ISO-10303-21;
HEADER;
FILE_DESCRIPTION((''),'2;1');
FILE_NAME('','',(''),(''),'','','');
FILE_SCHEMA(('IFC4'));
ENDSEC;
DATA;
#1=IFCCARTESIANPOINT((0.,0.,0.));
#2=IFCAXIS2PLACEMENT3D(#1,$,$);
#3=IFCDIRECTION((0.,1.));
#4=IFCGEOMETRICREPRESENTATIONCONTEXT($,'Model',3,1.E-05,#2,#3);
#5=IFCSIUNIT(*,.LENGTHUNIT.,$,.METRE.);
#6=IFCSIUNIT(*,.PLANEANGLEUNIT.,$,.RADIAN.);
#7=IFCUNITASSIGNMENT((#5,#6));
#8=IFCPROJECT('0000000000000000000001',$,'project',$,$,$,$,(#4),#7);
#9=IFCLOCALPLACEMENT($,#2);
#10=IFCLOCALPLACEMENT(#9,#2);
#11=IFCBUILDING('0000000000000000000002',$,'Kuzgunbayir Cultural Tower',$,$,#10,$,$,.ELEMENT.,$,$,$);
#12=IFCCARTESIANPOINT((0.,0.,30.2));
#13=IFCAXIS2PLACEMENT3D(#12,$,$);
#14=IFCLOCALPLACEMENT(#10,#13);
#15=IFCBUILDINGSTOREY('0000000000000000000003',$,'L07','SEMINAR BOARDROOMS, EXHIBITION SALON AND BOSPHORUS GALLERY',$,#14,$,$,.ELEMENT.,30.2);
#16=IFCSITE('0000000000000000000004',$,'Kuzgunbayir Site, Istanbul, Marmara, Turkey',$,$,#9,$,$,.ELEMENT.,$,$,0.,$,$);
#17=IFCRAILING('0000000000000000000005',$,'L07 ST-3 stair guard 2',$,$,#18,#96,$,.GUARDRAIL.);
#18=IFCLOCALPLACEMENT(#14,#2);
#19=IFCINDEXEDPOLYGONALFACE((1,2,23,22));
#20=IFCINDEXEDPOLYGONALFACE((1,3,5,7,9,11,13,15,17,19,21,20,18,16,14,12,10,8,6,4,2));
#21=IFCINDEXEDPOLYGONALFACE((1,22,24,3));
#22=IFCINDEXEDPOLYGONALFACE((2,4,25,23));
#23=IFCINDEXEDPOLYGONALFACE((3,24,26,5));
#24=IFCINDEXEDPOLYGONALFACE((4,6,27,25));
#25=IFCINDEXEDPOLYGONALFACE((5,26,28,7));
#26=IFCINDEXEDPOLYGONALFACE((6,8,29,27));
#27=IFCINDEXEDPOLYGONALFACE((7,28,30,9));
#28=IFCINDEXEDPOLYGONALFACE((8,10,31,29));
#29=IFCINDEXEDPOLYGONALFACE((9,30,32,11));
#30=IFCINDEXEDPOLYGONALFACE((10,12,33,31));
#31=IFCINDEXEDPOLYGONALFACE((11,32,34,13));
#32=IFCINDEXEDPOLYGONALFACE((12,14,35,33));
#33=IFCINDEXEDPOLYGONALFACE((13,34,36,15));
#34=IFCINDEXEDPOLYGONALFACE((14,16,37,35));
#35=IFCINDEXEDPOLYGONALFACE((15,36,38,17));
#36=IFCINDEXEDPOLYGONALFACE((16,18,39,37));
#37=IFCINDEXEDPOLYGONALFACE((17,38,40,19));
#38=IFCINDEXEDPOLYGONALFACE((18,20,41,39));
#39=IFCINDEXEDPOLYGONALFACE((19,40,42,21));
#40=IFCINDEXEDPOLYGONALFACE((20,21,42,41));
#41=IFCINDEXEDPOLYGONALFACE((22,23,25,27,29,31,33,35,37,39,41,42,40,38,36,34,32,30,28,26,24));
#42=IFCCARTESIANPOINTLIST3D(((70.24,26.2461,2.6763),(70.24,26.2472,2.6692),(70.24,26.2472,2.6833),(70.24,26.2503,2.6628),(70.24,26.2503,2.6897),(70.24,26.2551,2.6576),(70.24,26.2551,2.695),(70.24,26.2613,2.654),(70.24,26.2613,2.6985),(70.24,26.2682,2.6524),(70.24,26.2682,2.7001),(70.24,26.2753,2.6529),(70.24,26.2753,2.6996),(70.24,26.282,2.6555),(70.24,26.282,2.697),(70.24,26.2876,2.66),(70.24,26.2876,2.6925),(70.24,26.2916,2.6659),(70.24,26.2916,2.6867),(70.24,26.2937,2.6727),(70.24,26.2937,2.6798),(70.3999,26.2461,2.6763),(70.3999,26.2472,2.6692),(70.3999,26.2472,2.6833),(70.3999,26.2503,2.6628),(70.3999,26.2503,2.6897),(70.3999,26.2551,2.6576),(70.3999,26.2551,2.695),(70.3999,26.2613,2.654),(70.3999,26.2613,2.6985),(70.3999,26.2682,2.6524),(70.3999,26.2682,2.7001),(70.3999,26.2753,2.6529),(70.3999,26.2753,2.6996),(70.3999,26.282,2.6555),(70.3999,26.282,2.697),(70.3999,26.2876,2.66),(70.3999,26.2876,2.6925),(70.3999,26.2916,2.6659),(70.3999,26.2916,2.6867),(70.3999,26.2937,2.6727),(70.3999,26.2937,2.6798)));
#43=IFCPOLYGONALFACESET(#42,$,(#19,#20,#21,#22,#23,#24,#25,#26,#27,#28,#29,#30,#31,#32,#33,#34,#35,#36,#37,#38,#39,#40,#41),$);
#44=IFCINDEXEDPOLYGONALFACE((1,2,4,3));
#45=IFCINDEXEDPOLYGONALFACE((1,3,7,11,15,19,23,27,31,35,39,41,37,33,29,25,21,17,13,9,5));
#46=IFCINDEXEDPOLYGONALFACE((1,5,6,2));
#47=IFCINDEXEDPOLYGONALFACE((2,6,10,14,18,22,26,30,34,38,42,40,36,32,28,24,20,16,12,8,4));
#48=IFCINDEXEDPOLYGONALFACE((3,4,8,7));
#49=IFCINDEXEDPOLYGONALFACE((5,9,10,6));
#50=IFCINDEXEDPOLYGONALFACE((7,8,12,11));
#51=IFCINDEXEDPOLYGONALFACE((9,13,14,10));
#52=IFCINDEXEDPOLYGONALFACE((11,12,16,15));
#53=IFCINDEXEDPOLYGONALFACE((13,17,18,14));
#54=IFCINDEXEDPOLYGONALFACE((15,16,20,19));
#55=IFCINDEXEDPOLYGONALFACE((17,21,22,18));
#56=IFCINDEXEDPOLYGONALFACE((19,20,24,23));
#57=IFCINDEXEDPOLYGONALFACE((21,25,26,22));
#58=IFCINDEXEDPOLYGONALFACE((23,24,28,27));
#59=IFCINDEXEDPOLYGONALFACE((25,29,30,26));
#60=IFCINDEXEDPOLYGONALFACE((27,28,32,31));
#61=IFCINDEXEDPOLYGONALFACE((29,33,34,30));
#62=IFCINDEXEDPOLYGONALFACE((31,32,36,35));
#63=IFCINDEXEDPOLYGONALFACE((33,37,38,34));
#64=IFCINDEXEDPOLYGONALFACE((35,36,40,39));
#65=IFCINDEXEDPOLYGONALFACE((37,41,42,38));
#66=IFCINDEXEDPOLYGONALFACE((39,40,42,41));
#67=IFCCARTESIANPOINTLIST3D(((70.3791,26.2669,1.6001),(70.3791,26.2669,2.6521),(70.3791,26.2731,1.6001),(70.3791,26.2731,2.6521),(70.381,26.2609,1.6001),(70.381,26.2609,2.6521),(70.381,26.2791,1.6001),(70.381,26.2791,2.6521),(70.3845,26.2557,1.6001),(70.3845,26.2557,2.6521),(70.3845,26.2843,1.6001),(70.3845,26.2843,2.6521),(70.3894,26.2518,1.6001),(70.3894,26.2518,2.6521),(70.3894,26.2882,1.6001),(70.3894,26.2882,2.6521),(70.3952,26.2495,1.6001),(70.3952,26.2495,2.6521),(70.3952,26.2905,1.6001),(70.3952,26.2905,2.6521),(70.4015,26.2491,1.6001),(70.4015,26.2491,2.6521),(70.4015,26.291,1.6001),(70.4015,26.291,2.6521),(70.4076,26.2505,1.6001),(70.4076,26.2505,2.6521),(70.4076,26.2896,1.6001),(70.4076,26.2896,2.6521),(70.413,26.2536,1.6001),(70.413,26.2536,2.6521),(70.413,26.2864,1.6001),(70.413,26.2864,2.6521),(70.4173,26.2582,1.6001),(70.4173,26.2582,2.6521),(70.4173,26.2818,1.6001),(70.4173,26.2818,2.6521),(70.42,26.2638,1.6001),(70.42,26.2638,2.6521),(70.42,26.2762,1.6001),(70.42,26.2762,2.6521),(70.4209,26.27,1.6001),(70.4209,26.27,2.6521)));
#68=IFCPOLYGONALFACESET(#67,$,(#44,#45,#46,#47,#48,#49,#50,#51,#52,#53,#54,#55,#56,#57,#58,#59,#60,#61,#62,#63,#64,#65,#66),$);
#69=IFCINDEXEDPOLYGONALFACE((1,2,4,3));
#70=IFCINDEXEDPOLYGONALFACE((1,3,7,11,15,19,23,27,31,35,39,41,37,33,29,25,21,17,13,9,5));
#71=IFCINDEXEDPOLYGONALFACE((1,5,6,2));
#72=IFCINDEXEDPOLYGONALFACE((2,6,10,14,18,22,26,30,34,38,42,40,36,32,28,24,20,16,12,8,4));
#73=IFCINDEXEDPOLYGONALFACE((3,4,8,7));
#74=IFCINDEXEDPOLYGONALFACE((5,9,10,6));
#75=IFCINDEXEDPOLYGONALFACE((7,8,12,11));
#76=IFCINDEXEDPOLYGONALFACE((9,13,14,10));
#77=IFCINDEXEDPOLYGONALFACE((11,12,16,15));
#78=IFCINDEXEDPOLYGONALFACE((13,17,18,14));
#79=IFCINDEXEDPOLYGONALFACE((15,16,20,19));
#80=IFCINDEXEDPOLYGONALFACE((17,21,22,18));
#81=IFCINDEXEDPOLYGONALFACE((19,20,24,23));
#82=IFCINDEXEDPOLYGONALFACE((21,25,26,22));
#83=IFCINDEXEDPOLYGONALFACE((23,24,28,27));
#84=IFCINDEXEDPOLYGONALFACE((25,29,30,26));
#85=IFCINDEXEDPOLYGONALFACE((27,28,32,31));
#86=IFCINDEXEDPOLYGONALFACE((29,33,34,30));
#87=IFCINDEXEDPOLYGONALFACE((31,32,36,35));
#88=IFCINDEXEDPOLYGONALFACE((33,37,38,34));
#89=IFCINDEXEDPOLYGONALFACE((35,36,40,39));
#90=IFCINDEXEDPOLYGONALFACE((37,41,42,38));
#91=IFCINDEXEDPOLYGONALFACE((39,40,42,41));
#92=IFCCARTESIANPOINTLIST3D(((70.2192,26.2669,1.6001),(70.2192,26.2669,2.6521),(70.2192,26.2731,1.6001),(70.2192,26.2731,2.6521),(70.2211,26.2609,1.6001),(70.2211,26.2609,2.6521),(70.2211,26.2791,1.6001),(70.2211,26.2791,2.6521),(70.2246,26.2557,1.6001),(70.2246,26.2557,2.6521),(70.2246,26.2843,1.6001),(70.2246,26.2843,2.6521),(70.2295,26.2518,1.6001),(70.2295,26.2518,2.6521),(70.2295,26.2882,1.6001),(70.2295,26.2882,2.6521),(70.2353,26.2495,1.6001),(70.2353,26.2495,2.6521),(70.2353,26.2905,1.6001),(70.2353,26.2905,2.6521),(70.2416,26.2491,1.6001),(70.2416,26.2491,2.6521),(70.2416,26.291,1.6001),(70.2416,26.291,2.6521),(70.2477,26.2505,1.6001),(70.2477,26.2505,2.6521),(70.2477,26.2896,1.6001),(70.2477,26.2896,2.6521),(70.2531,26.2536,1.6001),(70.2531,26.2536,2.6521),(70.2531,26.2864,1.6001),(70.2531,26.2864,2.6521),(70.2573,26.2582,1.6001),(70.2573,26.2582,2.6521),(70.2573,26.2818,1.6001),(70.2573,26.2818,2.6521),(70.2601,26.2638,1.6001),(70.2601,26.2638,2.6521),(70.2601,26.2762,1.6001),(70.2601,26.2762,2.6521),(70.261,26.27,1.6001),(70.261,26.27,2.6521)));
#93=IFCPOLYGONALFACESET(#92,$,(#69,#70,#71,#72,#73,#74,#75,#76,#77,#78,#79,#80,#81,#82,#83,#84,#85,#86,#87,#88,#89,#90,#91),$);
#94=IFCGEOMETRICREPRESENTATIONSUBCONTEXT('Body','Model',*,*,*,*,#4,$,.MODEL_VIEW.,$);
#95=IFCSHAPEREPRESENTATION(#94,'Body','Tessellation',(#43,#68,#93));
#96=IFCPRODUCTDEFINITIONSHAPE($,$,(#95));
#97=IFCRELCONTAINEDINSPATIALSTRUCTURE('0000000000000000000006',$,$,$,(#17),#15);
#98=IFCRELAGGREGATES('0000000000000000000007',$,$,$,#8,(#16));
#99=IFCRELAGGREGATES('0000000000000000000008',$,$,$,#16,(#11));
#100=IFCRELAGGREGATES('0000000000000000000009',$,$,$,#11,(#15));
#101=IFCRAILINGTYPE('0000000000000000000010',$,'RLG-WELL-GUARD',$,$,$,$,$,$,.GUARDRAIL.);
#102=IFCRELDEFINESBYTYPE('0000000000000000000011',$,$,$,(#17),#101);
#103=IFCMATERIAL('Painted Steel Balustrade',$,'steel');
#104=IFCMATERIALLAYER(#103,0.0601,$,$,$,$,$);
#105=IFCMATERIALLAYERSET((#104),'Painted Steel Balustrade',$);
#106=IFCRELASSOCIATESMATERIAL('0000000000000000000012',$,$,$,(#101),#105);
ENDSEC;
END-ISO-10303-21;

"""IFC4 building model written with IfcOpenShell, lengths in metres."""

from ifc_helpers import new_model, si_unit, direction, frame, origin, origin_2d, place, context, subcontext, project, spatial, circle, extrude, material, layer, layer_set, type_object, element, save


model = new_model("IFC4")

# Units and contexts
model_context = context("Model", 3, precision=1e-05, world=origin(), true_north=direction((0.0, 1.0)))
body_context = subcontext(model_context, "Body", "Model", "MODEL_VIEW")
ifc_project = project(units=[si_unit("LENGTHUNIT", "METRE"), si_unit("PLANEANGLEUNIT", "RADIAN")], contexts=[model_context])

# Site, building, storey
site_placement = place(None, origin())
site = spatial("IfcSite", under=ifc_project, at=site_placement, Name="Kuzgunbayir Site, Istanbul, Marmara, Turkey", CompositionType="ELEMENT", RefElevation=0.0)
building_placement = place(site_placement, origin())
building = spatial("IfcBuilding", under=site, at=building_placement, Name="Kuzgunbayir Cultural Tower", CompositionType="ELEMENT")
storey_placement = place(building_placement, frame((0.0, 0.0, 30.2)))
storey = spatial("IfcBuildingStorey", under=building, at=storey_placement, Name="L07", Description="SEMINAR BOARDROOMS, EXHIBITION SALON AND BOSPHORUS GALLERY", CompositionType="ELEMENT", Elevation=30.2)

# Railing
ifc_material_1 = material(Name="Painted Steel Balustrade", Category="steel")
ifc_layer_1 = layer(ifc_material_1, 0.0601)
ifc_layer_set_1 = layer_set([ifc_layer_1], Name="Painted Steel Balustrade")
railing_type_1 = type_object("IfcRailingType", Name="RLG-WELL-GUARD", PredefinedType="GUARDRAIL", material=ifc_layer_set_1)
railing_1_placement = place(storey_placement, frame((70.3999, 26.27, 1.6001)))
element("IfcRailing", 1, at=railing_1_placement, inside=storey, type_object=railing_type_1, Name="L07 ST-3 stair guard 2", PredefinedType="GUARDRAIL", context=body_context, shape_type="SweptSolid", body=[
    extrude(circle(Radius=0.0239, at=origin_2d()), frame((0.0, 0.0, 1.0762), z_axis=(-1.0, 0.0, 0.0), x_axis=(0.0, -1.0, 0.0)), (0.0, 0.0, 1.0), 0.1599),
    extrude(circle(Radius=0.021, at=origin_2d()), origin(), (0.0, 0.0, 1.0), 1.052),
    extrude(circle(Radius=0.021, at=origin_2d()), frame((-0.1599, 0.0, 0.0)), (0.0, 0.0, 1.0), 1.052),
])

save(model, "model.ifc")
